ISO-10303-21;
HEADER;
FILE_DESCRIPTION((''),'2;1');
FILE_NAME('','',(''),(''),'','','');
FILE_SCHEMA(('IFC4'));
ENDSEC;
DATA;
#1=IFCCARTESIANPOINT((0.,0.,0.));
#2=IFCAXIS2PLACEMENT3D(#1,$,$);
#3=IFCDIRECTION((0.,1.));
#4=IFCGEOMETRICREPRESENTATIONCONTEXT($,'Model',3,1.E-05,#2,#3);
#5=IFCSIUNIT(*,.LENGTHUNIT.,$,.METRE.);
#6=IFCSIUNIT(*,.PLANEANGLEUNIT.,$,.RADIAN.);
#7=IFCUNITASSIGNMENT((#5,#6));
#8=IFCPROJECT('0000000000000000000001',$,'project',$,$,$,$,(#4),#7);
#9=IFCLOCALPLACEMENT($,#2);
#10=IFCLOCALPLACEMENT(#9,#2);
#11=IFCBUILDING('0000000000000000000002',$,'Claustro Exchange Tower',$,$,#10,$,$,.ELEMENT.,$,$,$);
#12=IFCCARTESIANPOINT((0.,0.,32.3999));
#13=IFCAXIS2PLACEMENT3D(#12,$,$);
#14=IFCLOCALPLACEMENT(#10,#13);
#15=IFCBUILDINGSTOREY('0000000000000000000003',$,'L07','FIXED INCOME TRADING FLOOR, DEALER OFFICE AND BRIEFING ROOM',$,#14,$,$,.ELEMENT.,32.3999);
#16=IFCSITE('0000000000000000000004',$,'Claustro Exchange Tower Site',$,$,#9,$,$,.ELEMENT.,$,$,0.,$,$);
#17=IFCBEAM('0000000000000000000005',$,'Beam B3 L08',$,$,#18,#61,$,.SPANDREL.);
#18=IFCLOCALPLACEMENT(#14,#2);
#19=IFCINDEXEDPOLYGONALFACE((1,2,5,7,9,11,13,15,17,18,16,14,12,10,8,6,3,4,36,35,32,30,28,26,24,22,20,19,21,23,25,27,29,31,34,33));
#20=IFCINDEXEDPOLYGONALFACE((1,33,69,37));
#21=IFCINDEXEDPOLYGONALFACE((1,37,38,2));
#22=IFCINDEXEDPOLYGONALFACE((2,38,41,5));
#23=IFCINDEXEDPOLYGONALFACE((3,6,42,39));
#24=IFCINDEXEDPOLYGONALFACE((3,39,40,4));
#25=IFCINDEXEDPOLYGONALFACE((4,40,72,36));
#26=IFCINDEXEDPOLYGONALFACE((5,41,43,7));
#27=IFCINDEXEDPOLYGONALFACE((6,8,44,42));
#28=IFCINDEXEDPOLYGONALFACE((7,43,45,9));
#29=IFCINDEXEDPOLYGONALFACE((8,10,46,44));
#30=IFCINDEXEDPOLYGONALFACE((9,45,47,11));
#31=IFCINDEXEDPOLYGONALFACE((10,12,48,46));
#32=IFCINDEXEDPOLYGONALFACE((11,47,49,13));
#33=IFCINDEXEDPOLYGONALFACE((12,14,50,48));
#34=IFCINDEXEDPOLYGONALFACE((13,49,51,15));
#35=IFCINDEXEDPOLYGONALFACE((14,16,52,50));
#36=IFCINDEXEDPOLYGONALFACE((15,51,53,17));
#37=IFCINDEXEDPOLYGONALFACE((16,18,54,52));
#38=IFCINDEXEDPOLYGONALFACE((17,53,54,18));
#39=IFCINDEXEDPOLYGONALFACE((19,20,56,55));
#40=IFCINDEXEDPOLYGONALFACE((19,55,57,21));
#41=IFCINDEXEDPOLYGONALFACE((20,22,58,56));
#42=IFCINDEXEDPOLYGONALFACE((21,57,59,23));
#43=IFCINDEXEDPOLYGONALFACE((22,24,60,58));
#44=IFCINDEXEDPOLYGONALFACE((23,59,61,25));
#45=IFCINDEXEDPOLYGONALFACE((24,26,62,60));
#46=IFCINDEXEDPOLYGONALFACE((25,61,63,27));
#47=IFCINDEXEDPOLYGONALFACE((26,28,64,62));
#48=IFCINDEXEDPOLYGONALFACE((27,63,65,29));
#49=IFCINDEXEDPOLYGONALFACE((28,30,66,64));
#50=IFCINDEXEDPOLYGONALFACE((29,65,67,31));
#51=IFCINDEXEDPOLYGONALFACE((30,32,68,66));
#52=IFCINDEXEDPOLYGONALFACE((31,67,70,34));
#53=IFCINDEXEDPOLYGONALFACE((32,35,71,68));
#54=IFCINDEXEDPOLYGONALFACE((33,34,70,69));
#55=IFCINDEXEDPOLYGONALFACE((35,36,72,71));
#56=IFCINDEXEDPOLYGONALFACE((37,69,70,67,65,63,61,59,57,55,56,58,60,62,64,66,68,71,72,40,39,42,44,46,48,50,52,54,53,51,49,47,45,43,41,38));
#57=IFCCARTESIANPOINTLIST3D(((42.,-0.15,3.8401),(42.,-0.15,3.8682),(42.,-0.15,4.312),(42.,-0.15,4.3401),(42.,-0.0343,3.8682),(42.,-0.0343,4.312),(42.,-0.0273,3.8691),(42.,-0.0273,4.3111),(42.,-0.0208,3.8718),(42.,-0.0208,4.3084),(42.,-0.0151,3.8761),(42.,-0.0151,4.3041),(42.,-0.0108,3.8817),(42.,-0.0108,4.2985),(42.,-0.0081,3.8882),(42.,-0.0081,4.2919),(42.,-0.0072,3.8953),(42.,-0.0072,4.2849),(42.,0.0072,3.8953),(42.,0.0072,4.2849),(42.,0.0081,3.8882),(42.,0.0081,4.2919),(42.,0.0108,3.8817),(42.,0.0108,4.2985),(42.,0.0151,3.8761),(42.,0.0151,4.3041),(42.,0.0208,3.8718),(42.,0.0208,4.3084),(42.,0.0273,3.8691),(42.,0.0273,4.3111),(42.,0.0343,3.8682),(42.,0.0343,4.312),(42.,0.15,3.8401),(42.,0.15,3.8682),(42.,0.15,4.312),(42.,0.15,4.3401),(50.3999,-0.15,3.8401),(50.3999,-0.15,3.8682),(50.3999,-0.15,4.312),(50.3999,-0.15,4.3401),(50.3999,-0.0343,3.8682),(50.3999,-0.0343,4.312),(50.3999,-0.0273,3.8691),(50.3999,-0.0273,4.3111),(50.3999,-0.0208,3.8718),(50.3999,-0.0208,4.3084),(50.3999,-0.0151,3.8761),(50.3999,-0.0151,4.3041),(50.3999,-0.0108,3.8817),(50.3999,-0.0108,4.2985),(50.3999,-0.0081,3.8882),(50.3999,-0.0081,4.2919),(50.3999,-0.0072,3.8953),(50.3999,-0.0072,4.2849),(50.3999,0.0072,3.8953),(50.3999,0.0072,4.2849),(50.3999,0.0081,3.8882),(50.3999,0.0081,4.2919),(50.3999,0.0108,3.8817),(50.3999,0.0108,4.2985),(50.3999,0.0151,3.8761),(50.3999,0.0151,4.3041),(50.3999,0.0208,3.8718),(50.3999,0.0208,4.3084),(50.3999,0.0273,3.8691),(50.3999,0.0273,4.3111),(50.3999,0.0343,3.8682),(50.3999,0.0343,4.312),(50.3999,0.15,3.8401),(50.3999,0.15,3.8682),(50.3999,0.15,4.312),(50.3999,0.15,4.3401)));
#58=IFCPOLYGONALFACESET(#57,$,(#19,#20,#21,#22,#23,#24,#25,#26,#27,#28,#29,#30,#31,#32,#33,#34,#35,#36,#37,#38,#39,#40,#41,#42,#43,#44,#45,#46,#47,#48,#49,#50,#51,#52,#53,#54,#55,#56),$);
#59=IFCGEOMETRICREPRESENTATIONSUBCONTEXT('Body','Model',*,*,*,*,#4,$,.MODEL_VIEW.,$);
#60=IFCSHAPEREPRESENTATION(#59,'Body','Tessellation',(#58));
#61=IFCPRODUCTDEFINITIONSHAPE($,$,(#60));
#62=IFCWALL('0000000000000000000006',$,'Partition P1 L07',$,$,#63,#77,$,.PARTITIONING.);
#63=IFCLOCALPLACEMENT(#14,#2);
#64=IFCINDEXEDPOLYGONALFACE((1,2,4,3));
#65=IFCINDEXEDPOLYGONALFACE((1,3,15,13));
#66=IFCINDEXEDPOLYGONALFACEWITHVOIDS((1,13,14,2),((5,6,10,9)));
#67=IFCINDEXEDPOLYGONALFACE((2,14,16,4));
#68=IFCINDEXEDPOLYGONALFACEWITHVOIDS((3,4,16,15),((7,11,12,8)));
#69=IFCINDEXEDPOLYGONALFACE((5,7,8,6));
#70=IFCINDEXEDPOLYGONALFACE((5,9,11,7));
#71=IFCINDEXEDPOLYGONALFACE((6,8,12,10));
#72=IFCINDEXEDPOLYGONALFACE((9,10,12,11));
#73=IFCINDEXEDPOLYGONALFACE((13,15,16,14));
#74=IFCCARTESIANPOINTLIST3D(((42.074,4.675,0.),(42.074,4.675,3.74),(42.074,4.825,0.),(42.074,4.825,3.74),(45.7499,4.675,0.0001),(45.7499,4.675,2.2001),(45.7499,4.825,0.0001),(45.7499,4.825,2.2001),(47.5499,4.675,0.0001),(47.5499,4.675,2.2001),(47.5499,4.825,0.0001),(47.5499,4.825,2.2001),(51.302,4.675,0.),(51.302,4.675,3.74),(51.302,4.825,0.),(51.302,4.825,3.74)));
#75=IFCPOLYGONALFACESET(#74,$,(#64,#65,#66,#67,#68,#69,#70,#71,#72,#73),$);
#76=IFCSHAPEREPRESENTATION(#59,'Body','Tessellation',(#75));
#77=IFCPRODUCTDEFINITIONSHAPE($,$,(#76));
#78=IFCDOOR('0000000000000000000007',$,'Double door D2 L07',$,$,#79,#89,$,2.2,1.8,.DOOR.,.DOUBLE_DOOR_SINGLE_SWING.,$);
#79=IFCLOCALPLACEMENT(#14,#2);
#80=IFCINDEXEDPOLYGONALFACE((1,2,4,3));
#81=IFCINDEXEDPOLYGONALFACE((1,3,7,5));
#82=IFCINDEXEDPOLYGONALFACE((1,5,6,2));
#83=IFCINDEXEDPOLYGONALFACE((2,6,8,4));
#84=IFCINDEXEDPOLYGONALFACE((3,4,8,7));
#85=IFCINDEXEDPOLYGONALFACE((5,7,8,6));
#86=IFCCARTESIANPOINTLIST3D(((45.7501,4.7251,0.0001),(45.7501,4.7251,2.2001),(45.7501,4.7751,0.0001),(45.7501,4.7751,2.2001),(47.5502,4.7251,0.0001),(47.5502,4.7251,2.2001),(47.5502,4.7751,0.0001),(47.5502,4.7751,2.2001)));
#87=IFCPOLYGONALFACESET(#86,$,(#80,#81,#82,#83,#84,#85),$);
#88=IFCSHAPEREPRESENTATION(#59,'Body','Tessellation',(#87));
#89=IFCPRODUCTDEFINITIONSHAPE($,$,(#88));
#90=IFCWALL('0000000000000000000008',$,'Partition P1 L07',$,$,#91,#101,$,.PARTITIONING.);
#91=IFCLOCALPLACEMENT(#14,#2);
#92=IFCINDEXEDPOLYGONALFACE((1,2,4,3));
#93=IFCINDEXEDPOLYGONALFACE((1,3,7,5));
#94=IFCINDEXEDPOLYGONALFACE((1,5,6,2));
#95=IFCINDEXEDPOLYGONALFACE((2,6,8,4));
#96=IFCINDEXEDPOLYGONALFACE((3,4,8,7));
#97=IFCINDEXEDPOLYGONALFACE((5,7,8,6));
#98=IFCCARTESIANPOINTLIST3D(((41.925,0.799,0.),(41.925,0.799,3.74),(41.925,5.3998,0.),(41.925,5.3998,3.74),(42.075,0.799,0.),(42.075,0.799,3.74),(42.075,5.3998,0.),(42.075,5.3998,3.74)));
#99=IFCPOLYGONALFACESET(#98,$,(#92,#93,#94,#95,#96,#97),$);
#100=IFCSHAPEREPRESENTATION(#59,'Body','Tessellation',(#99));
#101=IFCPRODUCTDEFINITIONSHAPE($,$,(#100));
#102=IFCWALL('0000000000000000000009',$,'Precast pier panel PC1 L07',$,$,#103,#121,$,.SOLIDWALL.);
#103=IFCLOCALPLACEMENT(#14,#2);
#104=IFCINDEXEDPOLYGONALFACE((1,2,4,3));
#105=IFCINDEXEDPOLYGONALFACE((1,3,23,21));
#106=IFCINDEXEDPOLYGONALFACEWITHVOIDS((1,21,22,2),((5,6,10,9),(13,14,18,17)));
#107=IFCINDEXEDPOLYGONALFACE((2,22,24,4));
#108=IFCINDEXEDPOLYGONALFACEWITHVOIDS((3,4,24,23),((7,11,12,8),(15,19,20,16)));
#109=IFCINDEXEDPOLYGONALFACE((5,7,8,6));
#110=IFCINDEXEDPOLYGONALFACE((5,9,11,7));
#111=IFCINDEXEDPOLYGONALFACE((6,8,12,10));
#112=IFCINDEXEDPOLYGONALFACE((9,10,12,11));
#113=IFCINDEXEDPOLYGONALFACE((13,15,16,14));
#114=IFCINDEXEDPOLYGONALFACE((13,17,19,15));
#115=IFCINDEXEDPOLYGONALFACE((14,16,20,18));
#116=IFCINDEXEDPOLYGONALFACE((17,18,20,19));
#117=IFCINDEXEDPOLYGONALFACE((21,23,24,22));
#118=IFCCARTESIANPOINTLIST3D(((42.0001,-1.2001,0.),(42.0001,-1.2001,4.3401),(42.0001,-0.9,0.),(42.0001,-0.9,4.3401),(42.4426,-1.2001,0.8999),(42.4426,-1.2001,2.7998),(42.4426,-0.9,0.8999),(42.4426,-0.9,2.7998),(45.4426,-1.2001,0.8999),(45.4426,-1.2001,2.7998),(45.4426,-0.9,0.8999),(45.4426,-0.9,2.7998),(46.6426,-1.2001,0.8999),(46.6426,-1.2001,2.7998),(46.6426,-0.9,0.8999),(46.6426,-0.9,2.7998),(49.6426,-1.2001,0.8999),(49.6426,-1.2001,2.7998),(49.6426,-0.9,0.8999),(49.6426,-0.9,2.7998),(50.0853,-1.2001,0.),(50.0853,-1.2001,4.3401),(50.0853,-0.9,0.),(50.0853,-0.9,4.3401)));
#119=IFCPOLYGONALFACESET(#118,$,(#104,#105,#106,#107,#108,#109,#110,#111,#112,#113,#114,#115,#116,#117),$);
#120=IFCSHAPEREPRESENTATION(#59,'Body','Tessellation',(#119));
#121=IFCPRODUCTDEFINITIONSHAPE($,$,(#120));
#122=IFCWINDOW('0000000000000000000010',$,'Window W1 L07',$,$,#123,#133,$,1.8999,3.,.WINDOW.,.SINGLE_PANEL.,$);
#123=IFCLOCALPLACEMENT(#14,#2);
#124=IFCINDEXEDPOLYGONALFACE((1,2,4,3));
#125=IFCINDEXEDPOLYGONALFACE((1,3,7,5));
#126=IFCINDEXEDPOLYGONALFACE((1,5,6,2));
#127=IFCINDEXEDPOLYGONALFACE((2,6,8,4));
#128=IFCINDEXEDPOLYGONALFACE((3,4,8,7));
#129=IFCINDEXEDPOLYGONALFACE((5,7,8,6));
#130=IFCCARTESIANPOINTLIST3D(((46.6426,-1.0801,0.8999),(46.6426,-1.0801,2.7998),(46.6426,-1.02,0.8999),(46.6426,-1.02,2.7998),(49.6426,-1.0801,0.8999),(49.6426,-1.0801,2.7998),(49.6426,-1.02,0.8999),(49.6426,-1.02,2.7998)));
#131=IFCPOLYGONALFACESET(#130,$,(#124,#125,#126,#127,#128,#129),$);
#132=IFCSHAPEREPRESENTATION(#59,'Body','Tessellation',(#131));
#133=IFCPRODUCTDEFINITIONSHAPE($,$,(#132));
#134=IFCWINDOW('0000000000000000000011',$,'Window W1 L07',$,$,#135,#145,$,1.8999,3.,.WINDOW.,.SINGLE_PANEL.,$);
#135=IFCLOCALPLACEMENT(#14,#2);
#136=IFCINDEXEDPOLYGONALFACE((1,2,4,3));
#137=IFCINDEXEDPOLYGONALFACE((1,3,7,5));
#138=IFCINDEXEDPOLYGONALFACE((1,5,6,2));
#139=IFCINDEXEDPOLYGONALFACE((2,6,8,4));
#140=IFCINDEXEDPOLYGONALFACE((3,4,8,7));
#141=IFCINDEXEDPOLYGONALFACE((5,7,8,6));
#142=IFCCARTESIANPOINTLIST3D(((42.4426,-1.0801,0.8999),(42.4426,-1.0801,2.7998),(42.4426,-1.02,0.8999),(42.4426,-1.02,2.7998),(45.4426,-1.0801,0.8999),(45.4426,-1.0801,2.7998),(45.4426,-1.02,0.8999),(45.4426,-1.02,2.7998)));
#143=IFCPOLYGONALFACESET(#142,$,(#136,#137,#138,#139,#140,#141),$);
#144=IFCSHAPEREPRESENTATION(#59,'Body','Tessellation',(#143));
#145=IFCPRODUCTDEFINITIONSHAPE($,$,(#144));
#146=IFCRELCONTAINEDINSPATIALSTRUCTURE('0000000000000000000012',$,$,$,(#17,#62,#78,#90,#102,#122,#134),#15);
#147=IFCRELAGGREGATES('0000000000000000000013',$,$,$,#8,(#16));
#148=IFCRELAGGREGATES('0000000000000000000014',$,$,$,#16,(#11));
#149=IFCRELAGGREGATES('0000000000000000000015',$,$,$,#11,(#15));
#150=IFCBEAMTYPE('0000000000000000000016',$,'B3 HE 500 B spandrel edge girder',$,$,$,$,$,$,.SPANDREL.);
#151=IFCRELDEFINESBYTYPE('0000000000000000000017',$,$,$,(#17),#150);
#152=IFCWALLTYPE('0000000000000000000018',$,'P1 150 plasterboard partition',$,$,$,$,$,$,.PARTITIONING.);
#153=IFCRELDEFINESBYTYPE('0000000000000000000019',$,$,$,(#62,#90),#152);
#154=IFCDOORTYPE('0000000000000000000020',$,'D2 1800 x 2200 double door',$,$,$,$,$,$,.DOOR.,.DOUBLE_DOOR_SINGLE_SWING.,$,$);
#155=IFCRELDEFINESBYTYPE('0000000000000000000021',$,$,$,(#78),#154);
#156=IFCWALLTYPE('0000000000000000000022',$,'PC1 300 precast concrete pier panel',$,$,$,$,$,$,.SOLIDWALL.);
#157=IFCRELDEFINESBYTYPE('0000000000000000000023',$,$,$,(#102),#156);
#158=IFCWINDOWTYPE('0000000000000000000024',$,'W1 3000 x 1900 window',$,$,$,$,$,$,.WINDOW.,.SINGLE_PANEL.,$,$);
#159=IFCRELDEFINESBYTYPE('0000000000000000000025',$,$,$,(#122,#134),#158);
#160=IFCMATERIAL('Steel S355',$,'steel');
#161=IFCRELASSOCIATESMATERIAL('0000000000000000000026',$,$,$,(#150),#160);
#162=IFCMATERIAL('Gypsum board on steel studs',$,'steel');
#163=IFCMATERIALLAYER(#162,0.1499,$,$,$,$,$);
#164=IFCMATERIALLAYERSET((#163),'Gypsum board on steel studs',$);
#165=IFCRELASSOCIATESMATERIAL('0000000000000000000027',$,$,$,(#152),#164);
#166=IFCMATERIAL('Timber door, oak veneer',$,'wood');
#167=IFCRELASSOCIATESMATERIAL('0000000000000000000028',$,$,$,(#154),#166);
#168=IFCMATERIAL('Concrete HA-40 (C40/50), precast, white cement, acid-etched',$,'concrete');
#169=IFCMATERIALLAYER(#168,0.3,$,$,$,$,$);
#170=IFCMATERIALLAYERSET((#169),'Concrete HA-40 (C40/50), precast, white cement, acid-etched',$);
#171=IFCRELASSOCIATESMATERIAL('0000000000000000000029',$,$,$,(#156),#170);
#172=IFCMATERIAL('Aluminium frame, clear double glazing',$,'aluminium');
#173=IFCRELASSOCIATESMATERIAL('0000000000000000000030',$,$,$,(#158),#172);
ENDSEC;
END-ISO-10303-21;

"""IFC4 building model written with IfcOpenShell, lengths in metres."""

from ifc_helpers import new_model, si_unit, direction, frame, frame_2d, origin, origin_2d, place, context, subcontext, project, spatial, rectangle, i_section, extrude, material, layer, layer_set, material_profile, profile_set, type_object, element, fill, save


model = new_model("IFC4")

# Units and contexts
model_context = context("Model", 3, precision=1e-05, world=origin(), true_north=direction((0.0, 1.0)))
body_context = subcontext(model_context, "Body", "Model", "MODEL_VIEW")
ifc_project = project(units=[si_unit("LENGTHUNIT", "METRE"), si_unit("PLANEANGLEUNIT", "RADIAN")], contexts=[model_context])

# Site, building, storey
site_placement = place(None, origin())
site = spatial("IfcSite", under=ifc_project, at=site_placement, Name="Claustro Exchange Tower Site", CompositionType="ELEMENT", RefElevation=0.0)
building_placement = place(site_placement, origin())
building = spatial("IfcBuilding", under=site, at=building_placement, Name="Claustro Exchange Tower", CompositionType="ELEMENT")
storey_placement = place(building_placement, frame((0.0, 0.0, 32.3999)))
storey = spatial("IfcBuildingStorey", under=building, at=storey_placement, Name="L07", Description="FIXED INCOME TRADING FLOOR, DEALER OFFICE AND BRIEFING ROOM", CompositionType="ELEMENT", Elevation=32.3999)

# Beam
ifc_material_1 = material(Name="Steel S355", Category="steel")
ifc_material_profile_1 = material_profile(ifc_material_1, i_section(OverallWidth=0.3, OverallDepth=0.5, WebThickness=0.0144, FlangeThickness=0.0281, FilletRadius=0.0271, at=origin_2d()), Name="HE 500 B")
ifc_profile_set_1 = profile_set([ifc_material_profile_1], Name="Steel S355")
beam_type_1 = type_object("IfcBeamType", Name="B3 HE 500 B spandrel edge girder", PredefinedType="SPANDREL", material=ifc_profile_set_1)
for number, where, z_axis, x_axis, name in (
    (1, (42.0, 0.0, 4.0901), (1.0, 0.0, 0.0), (0.0, 1.0, 0.0), "Beam B3 L08"),
):
    element("IfcBeam", number, at=place(storey_placement, frame(where, z_axis=z_axis, x_axis=x_axis)), inside=storey, type_object=beam_type_1, Name=name, PredefinedType="SPANDREL", context=body_context, shape_type="SweptSolid", body=[
        extrude(i_section(OverallWidth=0.3, OverallDepth=0.5, WebThickness=0.0144, FlangeThickness=0.0281, FilletRadius=0.0271, at=origin_2d()), origin(), (0.0, 0.0, 1.0), 8.3999),
    ])

# Wall, opening, door
ifc_material_2 = material(Name="Gypsum board on steel studs", Category="steel")
ifc_layer_1 = layer(ifc_material_2, 0.1499)
ifc_layer_set_1 = layer_set([ifc_layer_1], Name="Gypsum board on steel studs")
wall_type_1 = type_object("IfcWallType", Name="P1 150 plasterboard partition", PredefinedType="PARTITIONING", material=ifc_layer_set_1)
wall_1_placement = place(storey_placement, frame((42.074, 4.75, 0.0), z_axis=(0.0, 0.0, 1.0), x_axis=(1.0, 0.0, 0.0)))
wall_1 = element("IfcWall", 2, at=wall_1_placement, inside=storey, type_object=wall_type_1, Name="Partition P1 L07", PredefinedType="PARTITIONING", context=body_context, shape_type="SweptSolid", body=[
    extrude(rectangle(XDim=9.228, YDim=0.1499, at=frame_2d((4.614, 0.0))), origin(), (0.0, 0.0, 1.0), 3.74),
])
opening_1_placement = place(wall_1_placement, frame((3.676, 0.0, 0.0)))
opening_1 = element("IfcOpeningElement", 3, at=opening_1_placement, cuts=wall_1, PredefinedType="OPENING", context=body_context, shape_type="SweptSolid", body=[
    extrude(rectangle(XDim=1.8, YDim=2.2, at=frame_2d((0.8999, 1.1001))), frame((0.0, 0.085, 0.0), z_axis=(0.0, -1.0, 0.0), x_axis=(1.0, 0.0, 0.0)), (0.0, 0.0, 1.0), 0.1699),
])
ifc_material_3 = material(Name="Timber door, oak veneer", Category="wood")
door_type = type_object("IfcDoorType", Name="D2 1800 x 2200 double door", OperationType="DOUBLE_DOOR_SINGLE_SWING", PredefinedType="DOOR", material=ifc_material_3)
door_placement = place(opening_1_placement, frame((1.8, 0.0, 0.0), z_axis=(0.0, 0.0, 1.0), x_axis=(-1.0, 0.0, 0.0)))
door = element("IfcDoor", 4, at=door_placement, inside=storey, type_object=door_type, Name="Double door D2 L07", OperationType="DOUBLE_DOOR_SINGLE_SWING", OverallHeight=2.2, OverallWidth=1.8, PredefinedType="DOOR", context=body_context, shape_type="SweptSolid", body=[
    extrude(rectangle(XDim=1.8, YDim=2.2, at=frame_2d((0.8999, 1.1001))), frame((0.0, 0.0249, 0.0), z_axis=(0.0, -1.0, 0.0), x_axis=(1.0, 0.0, 0.0)), (0.0, 0.0, 1.0), 0.05),
])
fill(opening_1, door)

# Wall
wall_2_placement = place(storey_placement, frame((42.0, 0.7991, 0.0), z_axis=(0.0, 0.0, 1.0), x_axis=(0.0, 1.0, 0.0)))
element("IfcWall", 5, at=wall_2_placement, inside=storey, type_object=wall_type_1, Name="Partition P1 L07", PredefinedType="PARTITIONING", context=body_context, shape_type="SweptSolid", body=[
    extrude(rectangle(XDim=4.6008, YDim=0.1499, at=frame_2d((2.3003, 0.0))), origin(), (0.0, 0.0, 1.0), 3.74),
])

# Wall, openings, windows
ifc_material_4 = material(Name="Concrete HA-40 (C40/50), precast, white cement, acid-etched", Category="concrete")
ifc_layer_2 = layer(ifc_material_4, 0.3)
ifc_layer_set_2 = layer_set([ifc_layer_2], Name="Concrete HA-40 (C40/50), precast, white cement, acid-etched")
wall_type_2 = type_object("IfcWallType", Name="PC1 300 precast concrete pier panel", PredefinedType="SOLIDWALL", material=ifc_layer_set_2)
wall_3_placement = place(storey_placement, frame((50.0852, -1.05, 0.0), z_axis=(0.0, 0.0, 1.0), x_axis=(-1.0, 0.0, 0.0)))
wall_3 = element("IfcWall", 6, at=wall_3_placement, inside=storey, type_object=wall_type_2, Name="Precast pier panel PC1 L07", PredefinedType="SOLIDWALL", context=body_context, shape_type="SweptSolid", body=[
    extrude(rectangle(XDim=8.0852, YDim=0.3, at=frame_2d((4.0425, 0.0))), origin(), (0.0, 0.0, 1.0), 4.3401),
])
opening_2_placement = place(wall_3_placement, frame((0.4426, 0.0, 0.8999)))
opening_2 = element("IfcOpeningElement", 7, at=opening_2_placement, cuts=wall_3, PredefinedType="OPENING", context=body_context, shape_type="SweptSolid", body=[
    extrude(rectangle(XDim=3.0, YDim=1.8999, at=frame_2d((1.5, 0.95))), frame((0.0, 0.1599, 0.0), z_axis=(0.0, -1.0, 0.0), x_axis=(1.0, 0.0, 0.0)), (0.0, 0.0, 1.0), 0.3201),
])
opening_3_placement = place(wall_3_placement, frame((4.6426, 0.0, 0.8999)))
opening_3 = element("IfcOpeningElement", 8, at=opening_3_placement, cuts=wall_3, PredefinedType="OPENING", context=body_context, shape_type="SweptSolid", body=[
    extrude(rectangle(XDim=3.0, YDim=1.8999, at=frame_2d((1.5, 0.95))), frame((0.0, 0.1599, 0.0), z_axis=(0.0, -1.0, 0.0), x_axis=(1.0, 0.0, 0.0)), (0.0, 0.0, 1.0), 0.3201),
])
ifc_material_5 = material(Name="Aluminium frame, clear double glazing", Category="aluminium")
window_type = type_object("IfcWindowType", Name="W1 3000 x 1900 window", PartitioningType="SINGLE_PANEL", PredefinedType="WINDOW", material=ifc_material_5)
window_1_placement = place(opening_2_placement, origin())
window_1 = element("IfcWindow", 9, at=window_1_placement, inside=storey, type_object=window_type, Name="Window W1 L07", OverallHeight=1.8999, OverallWidth=3.0, PartitioningType="SINGLE_PANEL", PredefinedType="WINDOW", context=body_context, shape_type="SweptSolid", body=[
    extrude(rectangle(XDim=3.0, YDim=1.8999, at=frame_2d((1.5, 0.95))), frame((0.0, 0.03, 0.0), z_axis=(0.0, -1.0, 0.0), x_axis=(1.0, 0.0, 0.0)), (0.0, 0.0, 1.0), 0.0601),
])
fill(opening_2, window_1)
window_2_placement = place(opening_3_placement, origin())
window_2 = element("IfcWindow", 10, at=window_2_placement, inside=storey, type_object=window_type, Name="Window W1 L07", OverallHeight=1.8999, OverallWidth=3.0, PartitioningType="SINGLE_PANEL", PredefinedType="WINDOW", context=body_context, shape_type="SweptSolid", body=[
    extrude(rectangle(XDim=3.0, YDim=1.8999, at=frame_2d((1.5, 0.95))), frame((0.0, 0.03, 0.0), z_axis=(0.0, -1.0, 0.0), x_axis=(1.0, 0.0, 0.0)), (0.0, 0.0, 1.0), 0.0601),
])
fill(opening_3, window_2)

save(model, "model.ifc")
